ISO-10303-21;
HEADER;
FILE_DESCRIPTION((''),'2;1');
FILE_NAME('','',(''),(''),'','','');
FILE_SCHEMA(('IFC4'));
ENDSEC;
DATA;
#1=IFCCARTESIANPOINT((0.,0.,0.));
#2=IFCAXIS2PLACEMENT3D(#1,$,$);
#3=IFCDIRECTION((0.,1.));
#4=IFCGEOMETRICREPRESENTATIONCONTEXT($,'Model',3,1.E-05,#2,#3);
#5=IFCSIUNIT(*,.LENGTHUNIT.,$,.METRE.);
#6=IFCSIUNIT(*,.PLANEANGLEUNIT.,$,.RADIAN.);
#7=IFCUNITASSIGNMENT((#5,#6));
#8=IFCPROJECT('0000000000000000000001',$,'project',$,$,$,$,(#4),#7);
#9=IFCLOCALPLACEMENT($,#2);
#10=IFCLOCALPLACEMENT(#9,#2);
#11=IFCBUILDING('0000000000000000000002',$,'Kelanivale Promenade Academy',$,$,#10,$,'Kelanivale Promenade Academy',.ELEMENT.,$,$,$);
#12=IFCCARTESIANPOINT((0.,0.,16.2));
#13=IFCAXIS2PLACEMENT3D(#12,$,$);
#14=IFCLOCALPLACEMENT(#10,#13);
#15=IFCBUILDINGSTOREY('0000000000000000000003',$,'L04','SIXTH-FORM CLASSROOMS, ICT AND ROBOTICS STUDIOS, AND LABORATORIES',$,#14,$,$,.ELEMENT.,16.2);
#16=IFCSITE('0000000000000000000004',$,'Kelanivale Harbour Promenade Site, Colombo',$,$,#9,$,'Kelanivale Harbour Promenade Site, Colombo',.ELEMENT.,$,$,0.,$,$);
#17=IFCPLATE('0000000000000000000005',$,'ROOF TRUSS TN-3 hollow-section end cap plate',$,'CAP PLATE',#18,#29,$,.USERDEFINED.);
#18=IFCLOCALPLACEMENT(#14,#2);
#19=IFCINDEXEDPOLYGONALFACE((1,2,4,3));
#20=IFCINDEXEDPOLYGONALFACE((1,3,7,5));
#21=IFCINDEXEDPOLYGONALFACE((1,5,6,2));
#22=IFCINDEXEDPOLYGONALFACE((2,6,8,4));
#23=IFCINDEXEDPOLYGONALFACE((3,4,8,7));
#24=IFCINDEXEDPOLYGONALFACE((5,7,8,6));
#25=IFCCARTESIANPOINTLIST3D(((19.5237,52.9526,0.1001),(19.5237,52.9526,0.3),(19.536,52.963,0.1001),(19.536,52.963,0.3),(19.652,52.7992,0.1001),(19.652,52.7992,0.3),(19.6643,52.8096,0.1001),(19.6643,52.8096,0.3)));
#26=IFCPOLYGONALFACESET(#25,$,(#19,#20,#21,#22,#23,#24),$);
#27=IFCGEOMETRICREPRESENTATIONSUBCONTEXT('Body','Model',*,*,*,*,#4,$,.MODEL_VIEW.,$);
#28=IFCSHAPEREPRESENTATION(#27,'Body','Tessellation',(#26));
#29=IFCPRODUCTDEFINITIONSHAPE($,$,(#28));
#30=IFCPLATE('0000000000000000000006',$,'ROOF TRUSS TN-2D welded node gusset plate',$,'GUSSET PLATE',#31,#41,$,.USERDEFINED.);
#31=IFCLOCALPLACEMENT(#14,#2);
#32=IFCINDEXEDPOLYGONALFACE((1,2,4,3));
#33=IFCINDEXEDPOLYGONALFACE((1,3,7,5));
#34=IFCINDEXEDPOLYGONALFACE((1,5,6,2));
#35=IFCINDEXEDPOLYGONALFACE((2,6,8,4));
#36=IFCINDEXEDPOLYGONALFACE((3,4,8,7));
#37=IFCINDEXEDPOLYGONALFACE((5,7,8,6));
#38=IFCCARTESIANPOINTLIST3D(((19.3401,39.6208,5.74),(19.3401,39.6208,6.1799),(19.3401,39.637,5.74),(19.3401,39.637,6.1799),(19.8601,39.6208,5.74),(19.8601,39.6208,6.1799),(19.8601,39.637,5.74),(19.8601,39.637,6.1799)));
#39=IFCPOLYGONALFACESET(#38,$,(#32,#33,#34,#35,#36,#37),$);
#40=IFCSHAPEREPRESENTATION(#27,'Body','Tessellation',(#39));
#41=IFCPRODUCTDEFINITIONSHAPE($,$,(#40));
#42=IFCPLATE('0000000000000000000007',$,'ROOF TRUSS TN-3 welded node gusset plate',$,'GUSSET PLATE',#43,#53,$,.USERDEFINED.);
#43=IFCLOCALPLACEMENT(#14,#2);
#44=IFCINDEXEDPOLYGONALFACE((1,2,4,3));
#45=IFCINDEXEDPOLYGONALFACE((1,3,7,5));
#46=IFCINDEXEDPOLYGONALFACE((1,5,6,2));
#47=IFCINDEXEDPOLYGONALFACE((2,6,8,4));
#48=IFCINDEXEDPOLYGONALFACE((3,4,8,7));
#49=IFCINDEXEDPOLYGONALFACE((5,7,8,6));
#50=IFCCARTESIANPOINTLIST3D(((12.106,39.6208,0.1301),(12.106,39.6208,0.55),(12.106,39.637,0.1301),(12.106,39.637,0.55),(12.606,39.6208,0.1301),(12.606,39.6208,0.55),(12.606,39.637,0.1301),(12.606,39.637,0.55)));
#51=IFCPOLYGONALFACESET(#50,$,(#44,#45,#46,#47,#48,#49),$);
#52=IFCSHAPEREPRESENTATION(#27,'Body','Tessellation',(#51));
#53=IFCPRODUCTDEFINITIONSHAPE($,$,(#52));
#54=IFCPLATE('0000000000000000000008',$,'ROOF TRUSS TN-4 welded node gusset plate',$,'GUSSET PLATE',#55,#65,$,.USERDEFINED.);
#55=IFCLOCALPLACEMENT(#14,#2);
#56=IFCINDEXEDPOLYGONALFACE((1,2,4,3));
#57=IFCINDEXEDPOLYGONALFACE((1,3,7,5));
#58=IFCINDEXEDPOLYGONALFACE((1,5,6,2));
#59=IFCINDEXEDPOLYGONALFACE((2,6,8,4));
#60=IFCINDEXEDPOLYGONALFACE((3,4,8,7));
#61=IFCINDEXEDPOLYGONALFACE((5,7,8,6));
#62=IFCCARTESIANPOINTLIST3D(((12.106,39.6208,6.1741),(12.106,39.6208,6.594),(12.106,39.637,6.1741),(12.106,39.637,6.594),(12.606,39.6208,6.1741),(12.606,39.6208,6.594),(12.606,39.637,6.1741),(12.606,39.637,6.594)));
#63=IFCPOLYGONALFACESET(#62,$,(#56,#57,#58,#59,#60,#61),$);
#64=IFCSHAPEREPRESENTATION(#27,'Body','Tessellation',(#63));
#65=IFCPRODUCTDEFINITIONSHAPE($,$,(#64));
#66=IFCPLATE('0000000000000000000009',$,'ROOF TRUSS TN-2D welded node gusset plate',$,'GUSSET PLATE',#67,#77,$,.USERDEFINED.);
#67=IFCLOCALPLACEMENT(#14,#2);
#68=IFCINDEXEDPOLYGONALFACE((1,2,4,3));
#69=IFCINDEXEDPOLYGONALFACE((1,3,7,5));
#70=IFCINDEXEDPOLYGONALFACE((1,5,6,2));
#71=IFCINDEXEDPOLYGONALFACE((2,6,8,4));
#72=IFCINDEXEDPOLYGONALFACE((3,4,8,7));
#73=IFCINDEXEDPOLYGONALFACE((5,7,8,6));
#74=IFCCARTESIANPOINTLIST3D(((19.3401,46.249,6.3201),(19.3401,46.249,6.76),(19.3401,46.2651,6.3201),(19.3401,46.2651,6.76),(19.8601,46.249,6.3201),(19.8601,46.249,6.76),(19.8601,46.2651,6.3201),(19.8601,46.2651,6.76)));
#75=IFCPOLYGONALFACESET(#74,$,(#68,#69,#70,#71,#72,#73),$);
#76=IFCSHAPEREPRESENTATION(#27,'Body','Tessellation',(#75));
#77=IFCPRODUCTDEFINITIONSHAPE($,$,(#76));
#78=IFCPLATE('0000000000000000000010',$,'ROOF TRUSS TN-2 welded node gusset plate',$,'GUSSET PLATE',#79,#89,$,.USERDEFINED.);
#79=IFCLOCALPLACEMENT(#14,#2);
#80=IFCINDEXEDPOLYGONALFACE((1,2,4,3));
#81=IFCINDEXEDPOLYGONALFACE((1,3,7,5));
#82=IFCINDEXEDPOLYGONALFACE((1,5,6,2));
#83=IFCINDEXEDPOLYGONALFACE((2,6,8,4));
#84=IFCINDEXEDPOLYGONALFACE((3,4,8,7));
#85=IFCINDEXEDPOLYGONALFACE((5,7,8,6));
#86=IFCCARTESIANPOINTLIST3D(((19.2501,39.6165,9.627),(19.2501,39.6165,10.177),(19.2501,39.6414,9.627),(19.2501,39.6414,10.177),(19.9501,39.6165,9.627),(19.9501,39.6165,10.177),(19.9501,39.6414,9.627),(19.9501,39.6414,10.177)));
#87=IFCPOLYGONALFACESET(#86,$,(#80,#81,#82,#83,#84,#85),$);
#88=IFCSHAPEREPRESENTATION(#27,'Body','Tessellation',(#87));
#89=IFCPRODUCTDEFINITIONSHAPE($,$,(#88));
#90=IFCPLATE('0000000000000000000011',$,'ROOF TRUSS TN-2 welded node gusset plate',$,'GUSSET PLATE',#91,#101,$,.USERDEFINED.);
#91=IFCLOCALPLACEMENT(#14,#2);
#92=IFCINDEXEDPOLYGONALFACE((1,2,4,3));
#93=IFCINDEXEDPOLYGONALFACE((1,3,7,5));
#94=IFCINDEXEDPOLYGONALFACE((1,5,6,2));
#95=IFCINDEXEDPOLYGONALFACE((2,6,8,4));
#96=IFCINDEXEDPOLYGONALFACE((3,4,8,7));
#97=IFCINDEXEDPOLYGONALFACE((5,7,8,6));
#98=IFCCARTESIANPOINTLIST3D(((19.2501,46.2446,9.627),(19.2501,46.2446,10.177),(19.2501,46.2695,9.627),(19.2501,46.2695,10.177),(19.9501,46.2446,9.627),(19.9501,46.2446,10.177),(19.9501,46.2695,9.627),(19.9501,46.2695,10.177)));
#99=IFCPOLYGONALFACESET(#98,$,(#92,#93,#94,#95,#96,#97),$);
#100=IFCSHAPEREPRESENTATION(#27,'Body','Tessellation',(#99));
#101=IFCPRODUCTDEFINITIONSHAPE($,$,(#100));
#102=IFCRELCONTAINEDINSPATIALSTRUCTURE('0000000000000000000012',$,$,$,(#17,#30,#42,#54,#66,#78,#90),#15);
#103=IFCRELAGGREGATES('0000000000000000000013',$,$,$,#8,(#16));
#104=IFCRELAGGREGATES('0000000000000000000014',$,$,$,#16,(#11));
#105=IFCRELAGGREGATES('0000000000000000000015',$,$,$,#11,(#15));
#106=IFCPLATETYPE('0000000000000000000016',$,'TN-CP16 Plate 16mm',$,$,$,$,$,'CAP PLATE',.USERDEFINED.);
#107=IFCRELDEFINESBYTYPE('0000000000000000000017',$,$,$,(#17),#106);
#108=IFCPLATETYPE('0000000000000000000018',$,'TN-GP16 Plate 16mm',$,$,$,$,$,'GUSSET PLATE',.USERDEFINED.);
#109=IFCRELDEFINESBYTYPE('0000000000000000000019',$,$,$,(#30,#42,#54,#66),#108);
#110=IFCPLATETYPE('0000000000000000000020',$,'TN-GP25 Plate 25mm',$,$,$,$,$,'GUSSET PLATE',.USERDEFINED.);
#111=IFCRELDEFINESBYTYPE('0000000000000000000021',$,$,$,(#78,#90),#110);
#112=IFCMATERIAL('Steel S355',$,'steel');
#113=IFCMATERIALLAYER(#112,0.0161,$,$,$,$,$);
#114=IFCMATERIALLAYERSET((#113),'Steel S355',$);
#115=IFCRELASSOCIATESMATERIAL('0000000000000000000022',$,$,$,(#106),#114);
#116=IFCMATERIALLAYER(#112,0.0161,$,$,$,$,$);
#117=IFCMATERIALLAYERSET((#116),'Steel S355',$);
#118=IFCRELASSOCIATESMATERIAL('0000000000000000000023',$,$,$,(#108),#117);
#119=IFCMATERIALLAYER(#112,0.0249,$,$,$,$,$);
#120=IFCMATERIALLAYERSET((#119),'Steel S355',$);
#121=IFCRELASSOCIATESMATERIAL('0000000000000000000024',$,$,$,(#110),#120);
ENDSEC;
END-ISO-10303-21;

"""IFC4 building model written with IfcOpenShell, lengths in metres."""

from ifc_helpers import new_model, si_unit, direction, frame, origin, origin_2d, place, context, subcontext, project, spatial, rectangle, extrude, material, layer, layer_set, type_object, element, save


model = new_model("IFC4")

# Units and contexts
model_context = context("Model", 3, precision=1e-05, world=origin(), true_north=direction((0.0, 1.0)))
body_context = subcontext(model_context, "Body", "Model", "MODEL_VIEW")
ifc_project = project(units=[si_unit("LENGTHUNIT", "METRE"), si_unit("PLANEANGLEUNIT", "RADIAN")], contexts=[model_context])

# Site, building, storey
site_placement = place(None, origin())
site = spatial("IfcSite", under=ifc_project, at=site_placement, Name="Kelanivale Harbour Promenade Site, Colombo", LongName="Kelanivale Harbour Promenade Site, Colombo", CompositionType="ELEMENT", RefElevation=0.0)
building_placement = place(site_placement, origin())
building = spatial("IfcBuilding", under=site, at=building_placement, Name="Kelanivale Promenade Academy", LongName="Kelanivale Promenade Academy", CompositionType="ELEMENT")
storey_placement = place(building_placement, frame((0.0, 0.0, 16.2)))
storey = spatial("IfcBuildingStorey", under=building, at=storey_placement, Name="L04", Description="SIXTH-FORM CLASSROOMS, ICT AND ROBOTICS STUDIOS, AND LABORATORIES", CompositionType="ELEMENT", Elevation=16.2)

# Shared definitions
ifc_material_1 = material(Name="Steel S355", Category="steel")

# Plates
ifc_layer_1 = layer(ifc_material_1, 0.0161)
ifc_layer_set_1 = layer_set([ifc_layer_1], Name="Steel S355")
plate_type_1 = type_object("IfcPlateType", Name="TN-CP16 Plate 16mm", ElementType="CAP PLATE", PredefinedType="USERDEFINED", material=ifc_layer_set_1)
plate_1_placement = place(storey_placement, frame((19.594, 52.8811, 0.1001), z_axis=(0.0, 0.0, 1.0), x_axis=(-0.767053, -0.641584, 0.0)))
element("IfcPlate", 1, at=plate_1_placement, inside=storey, type_object=plate_type_1, Name="ROOF TRUSS TN-3 hollow-section end cap plate", ObjectType="CAP PLATE", PredefinedType="USERDEFINED", context=body_context, shape_type="SweptSolid", body=[
    extrude(rectangle(XDim=0.0161, YDim=0.2, at=origin_2d()), origin(), (0.0, 0.0, 1.0), 0.2),
])
ifc_layer_2 = layer(ifc_material_1, 0.0161)
ifc_layer_set_2 = layer_set([ifc_layer_2], Name="Steel S355")
plate_type_2 = type_object("IfcPlateType", Name="TN-GP16 Plate 16mm", ElementType="GUSSET PLATE", PredefinedType="USERDEFINED", material=ifc_layer_set_2)
plate_2_placement = place(storey_placement, frame((19.6001, 39.6289, 5.74), z_axis=(0.0, 0.0, 1.0), x_axis=(1.0, 0.0, 0.0)))
element("IfcPlate", 2, at=plate_2_placement, inside=storey, type_object=plate_type_2, Name="ROOF TRUSS TN-2D welded node gusset plate", ObjectType="GUSSET PLATE", PredefinedType="USERDEFINED", context=body_context, shape_type="SweptSolid", body=[
    extrude(rectangle(XDim=0.52, YDim=0.0161, at=origin_2d()), origin(), (0.0, 0.0, 1.0), 0.4399),
])
for number, where, z_axis, x_axis, name in (
    (3, (12.356, 39.6289, 0.1301), (0.0, 0.0, 1.0), (1.0, 0.0, 0.0), "ROOF TRUSS TN-3 welded node gusset plate"),
    (4, (12.356, 39.6289, 6.1741), (0.0, 0.0, 1.0), (1.0, 0.0, 0.0), "ROOF TRUSS TN-4 welded node gusset plate"),
):
    element("IfcPlate", number, at=place(storey_placement, frame(where, z_axis=z_axis, x_axis=x_axis)), inside=storey, type_object=plate_type_2, Name=name, ObjectType="GUSSET PLATE", PredefinedType="USERDEFINED", context=body_context, shape_type="SweptSolid", body=[
        extrude(rectangle(XDim=0.5, YDim=0.0161, at=origin_2d()), origin(), (0.0, 0.0, 1.0), 0.4199),
    ])
plate_3_placement = place(storey_placement, frame((19.6001, 46.2571, 6.3201), z_axis=(0.0, 0.0, 1.0), x_axis=(1.0, 0.0, 0.0)))
element("IfcPlate", 5, at=plate_3_placement, inside=storey, type_object=plate_type_2, Name="ROOF TRUSS TN-2D welded node gusset plate", ObjectType="GUSSET PLATE", PredefinedType="USERDEFINED", context=body_context, shape_type="SweptSolid", body=[
    extrude(rectangle(XDim=0.52, YDim=0.0161, at=origin_2d()), origin(), (0.0, 0.0, 1.0), 0.4399),
])
ifc_layer_3 = layer(ifc_material_1, 0.0249)
ifc_layer_set_3 = layer_set([ifc_layer_3], Name="Steel S355")
plate_type_3 = type_object("IfcPlateType", Name="TN-GP25 Plate 25mm", ElementType="GUSSET PLATE", PredefinedType="USERDEFINED", material=ifc_layer_set_3)
for number, where, z_axis, x_axis, name in (
    (6, (19.6001, 39.6289, 9.627), (0.0, 0.0, 1.0), (1.0, 0.0, 0.0), "ROOF TRUSS TN-2 welded node gusset plate"),
    (7, (19.6001, 46.2571, 9.627), (0.0, 0.0, 1.0), (1.0, 0.0, 0.0), "ROOF TRUSS TN-2 welded node gusset plate"),
):
    element("IfcPlate", number, at=place(storey_placement, frame(where, z_axis=z_axis, x_axis=x_axis)), inside=storey, type_object=plate_type_3, Name=name, ObjectType="GUSSET PLATE", PredefinedType="USERDEFINED", context=body_context, shape_type="SweptSolid", body=[
        extrude(rectangle(XDim=0.7, YDim=0.0249, at=origin_2d()), origin(), (0.0, 0.0, 1.0), 0.55),
    ])

save(model, "model.ifc")
